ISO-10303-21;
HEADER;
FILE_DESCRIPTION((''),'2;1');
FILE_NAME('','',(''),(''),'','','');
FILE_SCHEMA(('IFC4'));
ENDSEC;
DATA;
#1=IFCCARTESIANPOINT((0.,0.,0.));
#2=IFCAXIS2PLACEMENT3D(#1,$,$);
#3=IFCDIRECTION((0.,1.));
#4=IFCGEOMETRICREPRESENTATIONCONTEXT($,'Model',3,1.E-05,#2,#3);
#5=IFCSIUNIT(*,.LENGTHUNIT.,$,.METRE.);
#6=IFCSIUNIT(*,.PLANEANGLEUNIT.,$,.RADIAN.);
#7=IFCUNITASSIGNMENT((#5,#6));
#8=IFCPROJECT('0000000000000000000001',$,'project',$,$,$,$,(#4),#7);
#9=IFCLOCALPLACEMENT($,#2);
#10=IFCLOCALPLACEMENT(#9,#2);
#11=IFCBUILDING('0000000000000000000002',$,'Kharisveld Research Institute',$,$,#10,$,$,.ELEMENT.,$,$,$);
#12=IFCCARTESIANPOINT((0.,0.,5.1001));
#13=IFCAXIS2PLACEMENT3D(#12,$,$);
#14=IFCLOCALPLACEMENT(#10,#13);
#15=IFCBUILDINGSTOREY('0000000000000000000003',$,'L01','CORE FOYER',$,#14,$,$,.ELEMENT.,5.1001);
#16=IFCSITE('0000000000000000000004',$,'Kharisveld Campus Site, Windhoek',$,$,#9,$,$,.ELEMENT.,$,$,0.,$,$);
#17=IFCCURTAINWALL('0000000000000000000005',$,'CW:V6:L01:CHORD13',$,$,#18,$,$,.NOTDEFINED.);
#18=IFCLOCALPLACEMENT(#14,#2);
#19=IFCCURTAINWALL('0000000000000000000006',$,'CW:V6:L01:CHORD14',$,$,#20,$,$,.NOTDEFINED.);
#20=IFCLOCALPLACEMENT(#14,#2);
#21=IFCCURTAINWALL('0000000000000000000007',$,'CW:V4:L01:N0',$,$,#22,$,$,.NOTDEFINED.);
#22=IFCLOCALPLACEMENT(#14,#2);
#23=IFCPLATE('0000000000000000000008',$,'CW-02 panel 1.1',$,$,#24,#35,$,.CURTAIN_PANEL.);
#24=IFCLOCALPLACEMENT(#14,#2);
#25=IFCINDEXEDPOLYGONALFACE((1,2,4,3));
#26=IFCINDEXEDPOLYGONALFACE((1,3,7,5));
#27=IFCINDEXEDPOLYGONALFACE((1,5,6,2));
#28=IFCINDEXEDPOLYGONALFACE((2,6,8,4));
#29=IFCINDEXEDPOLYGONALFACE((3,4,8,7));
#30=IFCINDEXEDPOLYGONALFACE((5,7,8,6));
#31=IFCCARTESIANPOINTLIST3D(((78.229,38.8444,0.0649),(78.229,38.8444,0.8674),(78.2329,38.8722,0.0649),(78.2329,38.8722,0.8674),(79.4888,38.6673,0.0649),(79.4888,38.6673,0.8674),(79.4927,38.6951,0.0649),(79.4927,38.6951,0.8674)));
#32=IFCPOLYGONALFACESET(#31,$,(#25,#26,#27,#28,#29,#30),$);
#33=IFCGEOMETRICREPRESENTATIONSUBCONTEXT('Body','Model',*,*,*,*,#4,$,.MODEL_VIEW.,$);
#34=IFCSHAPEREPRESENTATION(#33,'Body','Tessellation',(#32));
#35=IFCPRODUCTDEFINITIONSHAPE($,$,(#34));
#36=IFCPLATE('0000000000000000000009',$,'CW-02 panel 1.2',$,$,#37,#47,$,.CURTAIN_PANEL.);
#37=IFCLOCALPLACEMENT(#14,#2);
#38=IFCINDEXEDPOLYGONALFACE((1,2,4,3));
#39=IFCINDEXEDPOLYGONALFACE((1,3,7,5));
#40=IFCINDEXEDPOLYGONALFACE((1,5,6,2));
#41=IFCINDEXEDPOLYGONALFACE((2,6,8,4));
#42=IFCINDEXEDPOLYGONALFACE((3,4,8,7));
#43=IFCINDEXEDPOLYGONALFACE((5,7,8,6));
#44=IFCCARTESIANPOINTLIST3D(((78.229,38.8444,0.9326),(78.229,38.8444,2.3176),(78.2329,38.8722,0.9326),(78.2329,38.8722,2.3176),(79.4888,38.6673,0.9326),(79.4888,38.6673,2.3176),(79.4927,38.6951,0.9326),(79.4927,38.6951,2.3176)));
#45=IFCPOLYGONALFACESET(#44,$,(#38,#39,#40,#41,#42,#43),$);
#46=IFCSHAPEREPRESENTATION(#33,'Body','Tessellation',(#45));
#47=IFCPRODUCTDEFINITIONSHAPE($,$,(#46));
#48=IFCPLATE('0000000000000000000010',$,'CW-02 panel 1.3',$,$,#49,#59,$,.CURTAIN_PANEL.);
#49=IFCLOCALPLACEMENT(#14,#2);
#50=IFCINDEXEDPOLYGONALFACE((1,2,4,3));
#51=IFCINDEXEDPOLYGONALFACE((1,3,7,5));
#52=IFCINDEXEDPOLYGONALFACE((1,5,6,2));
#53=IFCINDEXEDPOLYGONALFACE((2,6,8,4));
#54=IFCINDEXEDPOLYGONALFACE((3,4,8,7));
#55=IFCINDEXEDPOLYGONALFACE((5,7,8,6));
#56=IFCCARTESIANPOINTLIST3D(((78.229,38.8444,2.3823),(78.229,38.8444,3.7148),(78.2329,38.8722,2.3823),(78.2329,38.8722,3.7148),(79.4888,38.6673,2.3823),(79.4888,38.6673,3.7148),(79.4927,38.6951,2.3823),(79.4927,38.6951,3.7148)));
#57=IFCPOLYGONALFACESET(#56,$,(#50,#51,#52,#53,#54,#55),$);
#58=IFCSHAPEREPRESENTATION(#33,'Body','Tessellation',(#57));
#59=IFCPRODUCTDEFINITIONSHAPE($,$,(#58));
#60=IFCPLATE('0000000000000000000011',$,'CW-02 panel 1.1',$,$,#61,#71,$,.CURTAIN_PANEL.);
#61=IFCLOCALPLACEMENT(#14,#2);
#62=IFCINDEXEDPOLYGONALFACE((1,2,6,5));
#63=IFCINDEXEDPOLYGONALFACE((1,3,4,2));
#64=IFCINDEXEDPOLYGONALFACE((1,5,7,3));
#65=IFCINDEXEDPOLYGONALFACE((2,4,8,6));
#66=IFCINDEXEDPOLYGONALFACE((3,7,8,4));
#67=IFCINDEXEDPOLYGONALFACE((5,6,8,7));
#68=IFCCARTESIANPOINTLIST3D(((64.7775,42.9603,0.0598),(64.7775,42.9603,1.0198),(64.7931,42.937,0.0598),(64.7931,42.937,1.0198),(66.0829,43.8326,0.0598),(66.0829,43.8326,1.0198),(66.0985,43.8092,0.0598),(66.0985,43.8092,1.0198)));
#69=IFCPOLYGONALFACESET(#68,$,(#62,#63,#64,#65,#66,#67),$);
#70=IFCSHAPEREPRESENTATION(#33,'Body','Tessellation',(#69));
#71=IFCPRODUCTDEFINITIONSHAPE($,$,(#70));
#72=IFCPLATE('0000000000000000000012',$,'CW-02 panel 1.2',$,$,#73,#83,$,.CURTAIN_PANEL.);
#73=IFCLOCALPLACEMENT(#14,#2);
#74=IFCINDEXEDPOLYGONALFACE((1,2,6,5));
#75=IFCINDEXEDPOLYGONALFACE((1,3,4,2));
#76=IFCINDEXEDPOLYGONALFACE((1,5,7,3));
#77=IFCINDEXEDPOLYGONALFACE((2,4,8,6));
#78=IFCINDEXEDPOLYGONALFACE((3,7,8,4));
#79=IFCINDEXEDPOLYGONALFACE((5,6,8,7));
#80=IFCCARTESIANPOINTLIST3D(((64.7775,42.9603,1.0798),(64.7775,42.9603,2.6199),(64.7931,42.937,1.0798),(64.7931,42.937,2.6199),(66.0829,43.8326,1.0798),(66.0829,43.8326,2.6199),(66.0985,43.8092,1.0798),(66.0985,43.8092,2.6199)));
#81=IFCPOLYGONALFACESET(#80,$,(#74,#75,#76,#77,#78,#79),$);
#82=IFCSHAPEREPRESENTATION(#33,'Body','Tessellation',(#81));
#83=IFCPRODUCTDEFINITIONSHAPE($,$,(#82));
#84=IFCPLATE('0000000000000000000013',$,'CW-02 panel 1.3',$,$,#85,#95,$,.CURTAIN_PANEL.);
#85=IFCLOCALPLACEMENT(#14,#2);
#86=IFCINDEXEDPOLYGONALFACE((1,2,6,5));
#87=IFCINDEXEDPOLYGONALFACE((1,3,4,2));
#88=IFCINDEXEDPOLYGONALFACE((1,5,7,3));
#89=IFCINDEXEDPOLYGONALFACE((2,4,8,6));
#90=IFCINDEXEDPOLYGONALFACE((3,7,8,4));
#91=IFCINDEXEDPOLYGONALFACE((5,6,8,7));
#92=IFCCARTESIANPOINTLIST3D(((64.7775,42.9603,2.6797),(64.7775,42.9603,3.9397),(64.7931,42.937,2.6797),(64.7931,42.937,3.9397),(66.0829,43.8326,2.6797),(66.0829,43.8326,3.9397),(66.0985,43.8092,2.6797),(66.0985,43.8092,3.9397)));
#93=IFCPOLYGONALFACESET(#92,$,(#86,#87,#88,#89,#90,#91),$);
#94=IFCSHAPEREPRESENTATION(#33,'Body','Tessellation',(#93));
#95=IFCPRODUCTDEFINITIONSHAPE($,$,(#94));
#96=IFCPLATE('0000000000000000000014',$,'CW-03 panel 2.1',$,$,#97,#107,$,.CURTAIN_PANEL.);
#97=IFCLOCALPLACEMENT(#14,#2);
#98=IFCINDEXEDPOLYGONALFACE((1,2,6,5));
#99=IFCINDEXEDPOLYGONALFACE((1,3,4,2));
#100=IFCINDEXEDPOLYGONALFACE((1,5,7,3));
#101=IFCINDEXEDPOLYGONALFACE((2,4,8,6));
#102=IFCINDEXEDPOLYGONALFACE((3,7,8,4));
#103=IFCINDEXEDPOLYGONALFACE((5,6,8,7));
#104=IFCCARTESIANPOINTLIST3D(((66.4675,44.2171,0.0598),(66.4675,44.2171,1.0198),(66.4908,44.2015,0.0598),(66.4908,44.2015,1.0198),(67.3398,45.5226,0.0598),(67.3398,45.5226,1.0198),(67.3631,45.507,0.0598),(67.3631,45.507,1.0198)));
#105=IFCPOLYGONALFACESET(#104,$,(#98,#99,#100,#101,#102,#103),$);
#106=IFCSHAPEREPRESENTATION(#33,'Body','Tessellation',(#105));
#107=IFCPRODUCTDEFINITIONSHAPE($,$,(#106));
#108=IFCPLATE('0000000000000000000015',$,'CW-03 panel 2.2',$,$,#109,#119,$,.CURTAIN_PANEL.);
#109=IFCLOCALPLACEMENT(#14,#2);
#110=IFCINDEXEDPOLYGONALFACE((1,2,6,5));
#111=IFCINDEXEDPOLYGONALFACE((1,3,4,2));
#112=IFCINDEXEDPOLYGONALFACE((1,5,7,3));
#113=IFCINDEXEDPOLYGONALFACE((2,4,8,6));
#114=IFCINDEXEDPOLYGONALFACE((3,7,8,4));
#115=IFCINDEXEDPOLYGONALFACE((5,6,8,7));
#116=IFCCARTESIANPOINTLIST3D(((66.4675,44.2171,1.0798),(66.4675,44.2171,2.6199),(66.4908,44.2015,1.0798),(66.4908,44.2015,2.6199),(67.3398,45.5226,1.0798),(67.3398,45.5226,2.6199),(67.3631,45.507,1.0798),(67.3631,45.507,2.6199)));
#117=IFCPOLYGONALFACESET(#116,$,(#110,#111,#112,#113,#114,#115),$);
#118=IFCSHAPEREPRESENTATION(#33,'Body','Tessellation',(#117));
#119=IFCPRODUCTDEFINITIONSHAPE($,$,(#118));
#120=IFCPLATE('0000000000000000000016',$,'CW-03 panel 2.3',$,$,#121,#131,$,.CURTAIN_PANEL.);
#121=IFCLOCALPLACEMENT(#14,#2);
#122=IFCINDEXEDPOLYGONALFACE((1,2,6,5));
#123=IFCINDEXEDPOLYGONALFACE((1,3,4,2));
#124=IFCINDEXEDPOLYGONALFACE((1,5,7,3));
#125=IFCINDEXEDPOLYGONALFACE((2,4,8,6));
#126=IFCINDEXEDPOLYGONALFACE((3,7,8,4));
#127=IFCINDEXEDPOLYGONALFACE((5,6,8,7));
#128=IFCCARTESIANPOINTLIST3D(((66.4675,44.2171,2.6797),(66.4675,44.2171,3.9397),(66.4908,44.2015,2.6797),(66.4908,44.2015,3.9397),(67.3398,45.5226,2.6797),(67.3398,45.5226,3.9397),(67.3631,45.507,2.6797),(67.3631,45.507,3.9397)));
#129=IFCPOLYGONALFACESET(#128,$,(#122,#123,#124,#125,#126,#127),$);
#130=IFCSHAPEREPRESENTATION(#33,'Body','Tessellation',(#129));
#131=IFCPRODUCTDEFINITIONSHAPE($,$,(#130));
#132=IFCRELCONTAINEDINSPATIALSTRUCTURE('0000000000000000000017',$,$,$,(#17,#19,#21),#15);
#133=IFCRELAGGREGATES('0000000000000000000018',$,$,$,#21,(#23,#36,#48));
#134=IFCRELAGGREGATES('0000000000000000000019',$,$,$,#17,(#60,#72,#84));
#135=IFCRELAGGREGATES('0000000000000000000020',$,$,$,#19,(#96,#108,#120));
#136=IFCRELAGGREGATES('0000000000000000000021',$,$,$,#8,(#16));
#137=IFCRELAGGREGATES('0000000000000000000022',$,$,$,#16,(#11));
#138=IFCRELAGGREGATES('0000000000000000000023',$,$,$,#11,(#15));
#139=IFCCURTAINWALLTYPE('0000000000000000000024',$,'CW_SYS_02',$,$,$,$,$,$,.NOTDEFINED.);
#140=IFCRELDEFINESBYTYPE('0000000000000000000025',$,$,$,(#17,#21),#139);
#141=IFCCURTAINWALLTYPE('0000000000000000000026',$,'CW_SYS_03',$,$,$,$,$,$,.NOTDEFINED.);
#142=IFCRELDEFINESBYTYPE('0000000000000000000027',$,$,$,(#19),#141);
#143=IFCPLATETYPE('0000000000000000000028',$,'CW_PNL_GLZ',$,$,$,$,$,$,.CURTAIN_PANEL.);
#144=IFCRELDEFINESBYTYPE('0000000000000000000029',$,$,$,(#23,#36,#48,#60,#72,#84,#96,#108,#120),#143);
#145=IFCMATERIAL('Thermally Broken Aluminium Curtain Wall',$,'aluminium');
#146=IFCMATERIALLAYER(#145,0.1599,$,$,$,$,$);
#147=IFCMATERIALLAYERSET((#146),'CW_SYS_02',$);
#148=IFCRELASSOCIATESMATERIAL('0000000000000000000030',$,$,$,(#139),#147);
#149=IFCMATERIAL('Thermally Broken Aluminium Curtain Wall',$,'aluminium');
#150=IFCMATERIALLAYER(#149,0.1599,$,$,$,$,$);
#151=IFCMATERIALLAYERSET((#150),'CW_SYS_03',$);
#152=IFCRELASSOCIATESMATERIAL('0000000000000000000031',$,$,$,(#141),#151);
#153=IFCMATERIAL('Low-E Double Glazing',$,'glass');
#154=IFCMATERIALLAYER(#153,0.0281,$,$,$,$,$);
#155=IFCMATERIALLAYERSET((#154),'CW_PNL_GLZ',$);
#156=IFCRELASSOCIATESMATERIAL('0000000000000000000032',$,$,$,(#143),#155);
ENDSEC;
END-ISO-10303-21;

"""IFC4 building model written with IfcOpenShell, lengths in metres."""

from ifc_helpers import new_model, si_unit, direction, frame, origin, origin_2d, place, context, subcontext, project, spatial, rectangle, extrude, material, layer, layer_set, type_object, element, aggregate, save


model = new_model("IFC4")

# Units and contexts
model_context = context("Model", 3, precision=1e-05, world=origin(), true_north=direction((0.0, 1.0)))
body_context = subcontext(model_context, "Body", "Model", "MODEL_VIEW")
ifc_project = project(units=[si_unit("LENGTHUNIT", "METRE"), si_unit("PLANEANGLEUNIT", "RADIAN")], contexts=[model_context])

# Site, building, storey
site_placement = place(None, origin())
site = spatial("IfcSite", under=ifc_project, at=site_placement, Name="Kharisveld Campus Site, Windhoek", CompositionType="ELEMENT", RefElevation=0.0)
building_placement = place(site_placement, origin())
building = spatial("IfcBuilding", under=site, at=building_placement, Name="Kharisveld Research Institute", CompositionType="ELEMENT")
storey_placement = place(building_placement, frame((0.0, 0.0, 5.1001)))
storey = spatial("IfcBuildingStorey", under=building, at=storey_placement, Name="L01", Description="CORE FOYER", CompositionType="ELEMENT", Elevation=5.1001)

# Curtain wall
ifc_material_1 = material(Name="Thermally Broken Aluminium Curtain Wall", Category="aluminium")
ifc_layer_1 = layer(ifc_material_1, 0.1599)
ifc_layer_set_1 = layer_set([ifc_layer_1], Name="CW_SYS_02")
curtain_wall_type_1 = type_object("IfcCurtainWallType", Name="CW_SYS_02", PredefinedType="NOTDEFINED", material=ifc_layer_set_1)
curtain_wall_1_placement = place(storey_placement, origin())
curtain_wall_1 = element("IfcCurtainWall", 1, at=curtain_wall_1_placement, inside=storey, type_object=curtain_wall_type_1, Name="CW:V6:L01:CHORD13", PredefinedType="NOTDEFINED")

# Curtain walls
ifc_material_2 = material(Name="Thermally Broken Aluminium Curtain Wall", Category="aluminium")
ifc_layer_2 = layer(ifc_material_2, 0.1599)
ifc_layer_set_2 = layer_set([ifc_layer_2], Name="CW_SYS_03")
curtain_wall_type_2 = type_object("IfcCurtainWallType", Name="CW_SYS_03", PredefinedType="NOTDEFINED", material=ifc_layer_set_2)
curtain_wall_2_placement = place(storey_placement, origin())
curtain_wall_2 = element("IfcCurtainWall", 2, at=curtain_wall_2_placement, inside=storey, type_object=curtain_wall_type_2, Name="CW:V6:L01:CHORD14", PredefinedType="NOTDEFINED")
curtain_wall_3_placement = place(storey_placement, origin())
curtain_wall_3 = element("IfcCurtainWall", 3, at=curtain_wall_3_placement, inside=storey, type_object=curtain_wall_type_1, Name="CW:V4:L01:N0", PredefinedType="NOTDEFINED")

# Plates
ifc_material_3 = material(Name="Low-E Double Glazing", Category="glass")
ifc_layer_3 = layer(ifc_material_3, 0.0281)
ifc_layer_set_3 = layer_set([ifc_layer_3], Name="CW_PNL_GLZ")
plate_type = type_object("IfcPlateType", Name="CW_PNL_GLZ", PredefinedType="CURTAIN_PANEL", material=ifc_layer_set_3)
plate_1_placement = place(storey_placement, frame((78.8608, 38.7698, 0.0649), z_axis=(0.0, 0.0, 1.0), x_axis=(0.990268, -0.139173, 0.0)))
plate_1 = element("IfcPlate", 4, at=plate_1_placement, type_object=plate_type, Name="CW-02 panel 1.1", PredefinedType="CURTAIN_PANEL", context=body_context, shape_type="SweptSolid", body=[
    extrude(rectangle(XDim=1.2722, YDim=0.0281, at=origin_2d()), origin(), (0.0, 0.0, 1.0), 0.8025),
])
plate_2_placement = place(storey_placement, frame((78.8608, 38.7698, 0.9326), z_axis=(0.0, 0.0, 1.0), x_axis=(0.990268, -0.139173, 0.0)))
plate_2 = element("IfcPlate", 5, at=plate_2_placement, type_object=plate_type, Name="CW-02 panel 1.2", PredefinedType="CURTAIN_PANEL", context=body_context, shape_type="SweptSolid", body=[
    extrude(rectangle(XDim=1.2722, YDim=0.0281, at=origin_2d()), origin(), (0.0, 0.0, 1.0), 1.385),
])
plate_3_placement = place(storey_placement, frame((78.8608, 38.7698, 2.3823), z_axis=(0.0, 0.0, 1.0), x_axis=(0.990268, -0.139173, 0.0)))
plate_3 = element("IfcPlate", 6, at=plate_3_placement, type_object=plate_type, Name="CW-02 panel 1.3", PredefinedType="CURTAIN_PANEL", context=body_context, shape_type="SweptSolid", body=[
    extrude(rectangle(XDim=1.2722, YDim=0.0281, at=origin_2d()), origin(), (0.0, 0.0, 1.0), 1.3325),
])
aggregate(curtain_wall_3, [plate_1, plate_2, plate_3])
plate_4_placement = place(storey_placement, frame((65.438, 43.3848, 0.0598), z_axis=(0.0, 0.0, 1.0), x_axis=(-0.83147, -0.55557, 0.0)))
plate_4 = element("IfcPlate", 7, at=plate_4_placement, type_object=plate_type, Name="CW-02 panel 1.1", PredefinedType="CURTAIN_PANEL", context=body_context, shape_type="SweptSolid", body=[
    extrude(rectangle(XDim=1.5701, YDim=0.0281, at=origin_2d()), origin(), (0.0, 0.0, 1.0), 0.96),
])
plate_5_placement = place(storey_placement, frame((65.438, 43.3848, 1.0798), z_axis=(0.0, 0.0, 1.0), x_axis=(-0.83147, -0.55557, 0.0)))
plate_5 = element("IfcPlate", 8, at=plate_5_placement, type_object=plate_type, Name="CW-02 panel 1.2", PredefinedType="CURTAIN_PANEL", context=body_context, shape_type="SweptSolid", body=[
    extrude(rectangle(XDim=1.5701, YDim=0.0281, at=origin_2d()), origin(), (0.0, 0.0, 1.0), 1.54),
])
plate_6_placement = place(storey_placement, frame((65.438, 43.3848, 2.6797), z_axis=(0.0, 0.0, 1.0), x_axis=(-0.83147, -0.55557, 0.0)))
plate_6 = element("IfcPlate", 9, at=plate_6_placement, type_object=plate_type, Name="CW-02 panel 1.3", PredefinedType="CURTAIN_PANEL", context=body_context, shape_type="SweptSolid", body=[
    extrude(rectangle(XDim=1.5701, YDim=0.0281, at=origin_2d()), origin(), (0.0, 0.0, 1.0), 1.26),
])
aggregate(curtain_wall_1, [plate_4, plate_5, plate_6])
plate_7_placement = place(storey_placement, frame((66.9153, 44.8621, 0.0598), z_axis=(0.0, 0.0, 1.0), x_axis=(-0.55557, -0.83147, 0.0)))
plate_7 = element("IfcPlate", 10, at=plate_7_placement, type_object=plate_type, Name="CW-03 panel 2.1", PredefinedType="CURTAIN_PANEL", context=body_context, shape_type="SweptSolid", body=[
    extrude(rectangle(XDim=1.5701, YDim=0.0281, at=origin_2d()), origin(), (0.0, 0.0, 1.0), 0.96),
])
plate_8_placement = place(storey_placement, frame((66.9153, 44.8621, 1.0798), z_axis=(0.0, 0.0, 1.0), x_axis=(-0.55557, -0.83147, 0.0)))
plate_8 = element("IfcPlate", 11, at=plate_8_placement, type_object=plate_type, Name="CW-03 panel 2.2", PredefinedType="CURTAIN_PANEL", context=body_context, shape_type="SweptSolid", body=[
    extrude(rectangle(XDim=1.5701, YDim=0.0281, at=origin_2d()), origin(), (0.0, 0.0, 1.0), 1.54),
])
plate_9_placement = place(storey_placement, frame((66.9153, 44.8621, 2.6797), z_axis=(0.0, 0.0, 1.0), x_axis=(-0.55557, -0.83147, 0.0)))
plate_9 = element("IfcPlate", 12, at=plate_9_placement, type_object=plate_type, Name="CW-03 panel 2.3", PredefinedType="CURTAIN_PANEL", context=body_context, shape_type="SweptSolid", body=[
    extrude(rectangle(XDim=1.5701, YDim=0.0281, at=origin_2d()), origin(), (0.0, 0.0, 1.0), 1.26),
])
aggregate(curtain_wall_2, [plate_7, plate_8, plate_9])

save(model, "model.ifc")
